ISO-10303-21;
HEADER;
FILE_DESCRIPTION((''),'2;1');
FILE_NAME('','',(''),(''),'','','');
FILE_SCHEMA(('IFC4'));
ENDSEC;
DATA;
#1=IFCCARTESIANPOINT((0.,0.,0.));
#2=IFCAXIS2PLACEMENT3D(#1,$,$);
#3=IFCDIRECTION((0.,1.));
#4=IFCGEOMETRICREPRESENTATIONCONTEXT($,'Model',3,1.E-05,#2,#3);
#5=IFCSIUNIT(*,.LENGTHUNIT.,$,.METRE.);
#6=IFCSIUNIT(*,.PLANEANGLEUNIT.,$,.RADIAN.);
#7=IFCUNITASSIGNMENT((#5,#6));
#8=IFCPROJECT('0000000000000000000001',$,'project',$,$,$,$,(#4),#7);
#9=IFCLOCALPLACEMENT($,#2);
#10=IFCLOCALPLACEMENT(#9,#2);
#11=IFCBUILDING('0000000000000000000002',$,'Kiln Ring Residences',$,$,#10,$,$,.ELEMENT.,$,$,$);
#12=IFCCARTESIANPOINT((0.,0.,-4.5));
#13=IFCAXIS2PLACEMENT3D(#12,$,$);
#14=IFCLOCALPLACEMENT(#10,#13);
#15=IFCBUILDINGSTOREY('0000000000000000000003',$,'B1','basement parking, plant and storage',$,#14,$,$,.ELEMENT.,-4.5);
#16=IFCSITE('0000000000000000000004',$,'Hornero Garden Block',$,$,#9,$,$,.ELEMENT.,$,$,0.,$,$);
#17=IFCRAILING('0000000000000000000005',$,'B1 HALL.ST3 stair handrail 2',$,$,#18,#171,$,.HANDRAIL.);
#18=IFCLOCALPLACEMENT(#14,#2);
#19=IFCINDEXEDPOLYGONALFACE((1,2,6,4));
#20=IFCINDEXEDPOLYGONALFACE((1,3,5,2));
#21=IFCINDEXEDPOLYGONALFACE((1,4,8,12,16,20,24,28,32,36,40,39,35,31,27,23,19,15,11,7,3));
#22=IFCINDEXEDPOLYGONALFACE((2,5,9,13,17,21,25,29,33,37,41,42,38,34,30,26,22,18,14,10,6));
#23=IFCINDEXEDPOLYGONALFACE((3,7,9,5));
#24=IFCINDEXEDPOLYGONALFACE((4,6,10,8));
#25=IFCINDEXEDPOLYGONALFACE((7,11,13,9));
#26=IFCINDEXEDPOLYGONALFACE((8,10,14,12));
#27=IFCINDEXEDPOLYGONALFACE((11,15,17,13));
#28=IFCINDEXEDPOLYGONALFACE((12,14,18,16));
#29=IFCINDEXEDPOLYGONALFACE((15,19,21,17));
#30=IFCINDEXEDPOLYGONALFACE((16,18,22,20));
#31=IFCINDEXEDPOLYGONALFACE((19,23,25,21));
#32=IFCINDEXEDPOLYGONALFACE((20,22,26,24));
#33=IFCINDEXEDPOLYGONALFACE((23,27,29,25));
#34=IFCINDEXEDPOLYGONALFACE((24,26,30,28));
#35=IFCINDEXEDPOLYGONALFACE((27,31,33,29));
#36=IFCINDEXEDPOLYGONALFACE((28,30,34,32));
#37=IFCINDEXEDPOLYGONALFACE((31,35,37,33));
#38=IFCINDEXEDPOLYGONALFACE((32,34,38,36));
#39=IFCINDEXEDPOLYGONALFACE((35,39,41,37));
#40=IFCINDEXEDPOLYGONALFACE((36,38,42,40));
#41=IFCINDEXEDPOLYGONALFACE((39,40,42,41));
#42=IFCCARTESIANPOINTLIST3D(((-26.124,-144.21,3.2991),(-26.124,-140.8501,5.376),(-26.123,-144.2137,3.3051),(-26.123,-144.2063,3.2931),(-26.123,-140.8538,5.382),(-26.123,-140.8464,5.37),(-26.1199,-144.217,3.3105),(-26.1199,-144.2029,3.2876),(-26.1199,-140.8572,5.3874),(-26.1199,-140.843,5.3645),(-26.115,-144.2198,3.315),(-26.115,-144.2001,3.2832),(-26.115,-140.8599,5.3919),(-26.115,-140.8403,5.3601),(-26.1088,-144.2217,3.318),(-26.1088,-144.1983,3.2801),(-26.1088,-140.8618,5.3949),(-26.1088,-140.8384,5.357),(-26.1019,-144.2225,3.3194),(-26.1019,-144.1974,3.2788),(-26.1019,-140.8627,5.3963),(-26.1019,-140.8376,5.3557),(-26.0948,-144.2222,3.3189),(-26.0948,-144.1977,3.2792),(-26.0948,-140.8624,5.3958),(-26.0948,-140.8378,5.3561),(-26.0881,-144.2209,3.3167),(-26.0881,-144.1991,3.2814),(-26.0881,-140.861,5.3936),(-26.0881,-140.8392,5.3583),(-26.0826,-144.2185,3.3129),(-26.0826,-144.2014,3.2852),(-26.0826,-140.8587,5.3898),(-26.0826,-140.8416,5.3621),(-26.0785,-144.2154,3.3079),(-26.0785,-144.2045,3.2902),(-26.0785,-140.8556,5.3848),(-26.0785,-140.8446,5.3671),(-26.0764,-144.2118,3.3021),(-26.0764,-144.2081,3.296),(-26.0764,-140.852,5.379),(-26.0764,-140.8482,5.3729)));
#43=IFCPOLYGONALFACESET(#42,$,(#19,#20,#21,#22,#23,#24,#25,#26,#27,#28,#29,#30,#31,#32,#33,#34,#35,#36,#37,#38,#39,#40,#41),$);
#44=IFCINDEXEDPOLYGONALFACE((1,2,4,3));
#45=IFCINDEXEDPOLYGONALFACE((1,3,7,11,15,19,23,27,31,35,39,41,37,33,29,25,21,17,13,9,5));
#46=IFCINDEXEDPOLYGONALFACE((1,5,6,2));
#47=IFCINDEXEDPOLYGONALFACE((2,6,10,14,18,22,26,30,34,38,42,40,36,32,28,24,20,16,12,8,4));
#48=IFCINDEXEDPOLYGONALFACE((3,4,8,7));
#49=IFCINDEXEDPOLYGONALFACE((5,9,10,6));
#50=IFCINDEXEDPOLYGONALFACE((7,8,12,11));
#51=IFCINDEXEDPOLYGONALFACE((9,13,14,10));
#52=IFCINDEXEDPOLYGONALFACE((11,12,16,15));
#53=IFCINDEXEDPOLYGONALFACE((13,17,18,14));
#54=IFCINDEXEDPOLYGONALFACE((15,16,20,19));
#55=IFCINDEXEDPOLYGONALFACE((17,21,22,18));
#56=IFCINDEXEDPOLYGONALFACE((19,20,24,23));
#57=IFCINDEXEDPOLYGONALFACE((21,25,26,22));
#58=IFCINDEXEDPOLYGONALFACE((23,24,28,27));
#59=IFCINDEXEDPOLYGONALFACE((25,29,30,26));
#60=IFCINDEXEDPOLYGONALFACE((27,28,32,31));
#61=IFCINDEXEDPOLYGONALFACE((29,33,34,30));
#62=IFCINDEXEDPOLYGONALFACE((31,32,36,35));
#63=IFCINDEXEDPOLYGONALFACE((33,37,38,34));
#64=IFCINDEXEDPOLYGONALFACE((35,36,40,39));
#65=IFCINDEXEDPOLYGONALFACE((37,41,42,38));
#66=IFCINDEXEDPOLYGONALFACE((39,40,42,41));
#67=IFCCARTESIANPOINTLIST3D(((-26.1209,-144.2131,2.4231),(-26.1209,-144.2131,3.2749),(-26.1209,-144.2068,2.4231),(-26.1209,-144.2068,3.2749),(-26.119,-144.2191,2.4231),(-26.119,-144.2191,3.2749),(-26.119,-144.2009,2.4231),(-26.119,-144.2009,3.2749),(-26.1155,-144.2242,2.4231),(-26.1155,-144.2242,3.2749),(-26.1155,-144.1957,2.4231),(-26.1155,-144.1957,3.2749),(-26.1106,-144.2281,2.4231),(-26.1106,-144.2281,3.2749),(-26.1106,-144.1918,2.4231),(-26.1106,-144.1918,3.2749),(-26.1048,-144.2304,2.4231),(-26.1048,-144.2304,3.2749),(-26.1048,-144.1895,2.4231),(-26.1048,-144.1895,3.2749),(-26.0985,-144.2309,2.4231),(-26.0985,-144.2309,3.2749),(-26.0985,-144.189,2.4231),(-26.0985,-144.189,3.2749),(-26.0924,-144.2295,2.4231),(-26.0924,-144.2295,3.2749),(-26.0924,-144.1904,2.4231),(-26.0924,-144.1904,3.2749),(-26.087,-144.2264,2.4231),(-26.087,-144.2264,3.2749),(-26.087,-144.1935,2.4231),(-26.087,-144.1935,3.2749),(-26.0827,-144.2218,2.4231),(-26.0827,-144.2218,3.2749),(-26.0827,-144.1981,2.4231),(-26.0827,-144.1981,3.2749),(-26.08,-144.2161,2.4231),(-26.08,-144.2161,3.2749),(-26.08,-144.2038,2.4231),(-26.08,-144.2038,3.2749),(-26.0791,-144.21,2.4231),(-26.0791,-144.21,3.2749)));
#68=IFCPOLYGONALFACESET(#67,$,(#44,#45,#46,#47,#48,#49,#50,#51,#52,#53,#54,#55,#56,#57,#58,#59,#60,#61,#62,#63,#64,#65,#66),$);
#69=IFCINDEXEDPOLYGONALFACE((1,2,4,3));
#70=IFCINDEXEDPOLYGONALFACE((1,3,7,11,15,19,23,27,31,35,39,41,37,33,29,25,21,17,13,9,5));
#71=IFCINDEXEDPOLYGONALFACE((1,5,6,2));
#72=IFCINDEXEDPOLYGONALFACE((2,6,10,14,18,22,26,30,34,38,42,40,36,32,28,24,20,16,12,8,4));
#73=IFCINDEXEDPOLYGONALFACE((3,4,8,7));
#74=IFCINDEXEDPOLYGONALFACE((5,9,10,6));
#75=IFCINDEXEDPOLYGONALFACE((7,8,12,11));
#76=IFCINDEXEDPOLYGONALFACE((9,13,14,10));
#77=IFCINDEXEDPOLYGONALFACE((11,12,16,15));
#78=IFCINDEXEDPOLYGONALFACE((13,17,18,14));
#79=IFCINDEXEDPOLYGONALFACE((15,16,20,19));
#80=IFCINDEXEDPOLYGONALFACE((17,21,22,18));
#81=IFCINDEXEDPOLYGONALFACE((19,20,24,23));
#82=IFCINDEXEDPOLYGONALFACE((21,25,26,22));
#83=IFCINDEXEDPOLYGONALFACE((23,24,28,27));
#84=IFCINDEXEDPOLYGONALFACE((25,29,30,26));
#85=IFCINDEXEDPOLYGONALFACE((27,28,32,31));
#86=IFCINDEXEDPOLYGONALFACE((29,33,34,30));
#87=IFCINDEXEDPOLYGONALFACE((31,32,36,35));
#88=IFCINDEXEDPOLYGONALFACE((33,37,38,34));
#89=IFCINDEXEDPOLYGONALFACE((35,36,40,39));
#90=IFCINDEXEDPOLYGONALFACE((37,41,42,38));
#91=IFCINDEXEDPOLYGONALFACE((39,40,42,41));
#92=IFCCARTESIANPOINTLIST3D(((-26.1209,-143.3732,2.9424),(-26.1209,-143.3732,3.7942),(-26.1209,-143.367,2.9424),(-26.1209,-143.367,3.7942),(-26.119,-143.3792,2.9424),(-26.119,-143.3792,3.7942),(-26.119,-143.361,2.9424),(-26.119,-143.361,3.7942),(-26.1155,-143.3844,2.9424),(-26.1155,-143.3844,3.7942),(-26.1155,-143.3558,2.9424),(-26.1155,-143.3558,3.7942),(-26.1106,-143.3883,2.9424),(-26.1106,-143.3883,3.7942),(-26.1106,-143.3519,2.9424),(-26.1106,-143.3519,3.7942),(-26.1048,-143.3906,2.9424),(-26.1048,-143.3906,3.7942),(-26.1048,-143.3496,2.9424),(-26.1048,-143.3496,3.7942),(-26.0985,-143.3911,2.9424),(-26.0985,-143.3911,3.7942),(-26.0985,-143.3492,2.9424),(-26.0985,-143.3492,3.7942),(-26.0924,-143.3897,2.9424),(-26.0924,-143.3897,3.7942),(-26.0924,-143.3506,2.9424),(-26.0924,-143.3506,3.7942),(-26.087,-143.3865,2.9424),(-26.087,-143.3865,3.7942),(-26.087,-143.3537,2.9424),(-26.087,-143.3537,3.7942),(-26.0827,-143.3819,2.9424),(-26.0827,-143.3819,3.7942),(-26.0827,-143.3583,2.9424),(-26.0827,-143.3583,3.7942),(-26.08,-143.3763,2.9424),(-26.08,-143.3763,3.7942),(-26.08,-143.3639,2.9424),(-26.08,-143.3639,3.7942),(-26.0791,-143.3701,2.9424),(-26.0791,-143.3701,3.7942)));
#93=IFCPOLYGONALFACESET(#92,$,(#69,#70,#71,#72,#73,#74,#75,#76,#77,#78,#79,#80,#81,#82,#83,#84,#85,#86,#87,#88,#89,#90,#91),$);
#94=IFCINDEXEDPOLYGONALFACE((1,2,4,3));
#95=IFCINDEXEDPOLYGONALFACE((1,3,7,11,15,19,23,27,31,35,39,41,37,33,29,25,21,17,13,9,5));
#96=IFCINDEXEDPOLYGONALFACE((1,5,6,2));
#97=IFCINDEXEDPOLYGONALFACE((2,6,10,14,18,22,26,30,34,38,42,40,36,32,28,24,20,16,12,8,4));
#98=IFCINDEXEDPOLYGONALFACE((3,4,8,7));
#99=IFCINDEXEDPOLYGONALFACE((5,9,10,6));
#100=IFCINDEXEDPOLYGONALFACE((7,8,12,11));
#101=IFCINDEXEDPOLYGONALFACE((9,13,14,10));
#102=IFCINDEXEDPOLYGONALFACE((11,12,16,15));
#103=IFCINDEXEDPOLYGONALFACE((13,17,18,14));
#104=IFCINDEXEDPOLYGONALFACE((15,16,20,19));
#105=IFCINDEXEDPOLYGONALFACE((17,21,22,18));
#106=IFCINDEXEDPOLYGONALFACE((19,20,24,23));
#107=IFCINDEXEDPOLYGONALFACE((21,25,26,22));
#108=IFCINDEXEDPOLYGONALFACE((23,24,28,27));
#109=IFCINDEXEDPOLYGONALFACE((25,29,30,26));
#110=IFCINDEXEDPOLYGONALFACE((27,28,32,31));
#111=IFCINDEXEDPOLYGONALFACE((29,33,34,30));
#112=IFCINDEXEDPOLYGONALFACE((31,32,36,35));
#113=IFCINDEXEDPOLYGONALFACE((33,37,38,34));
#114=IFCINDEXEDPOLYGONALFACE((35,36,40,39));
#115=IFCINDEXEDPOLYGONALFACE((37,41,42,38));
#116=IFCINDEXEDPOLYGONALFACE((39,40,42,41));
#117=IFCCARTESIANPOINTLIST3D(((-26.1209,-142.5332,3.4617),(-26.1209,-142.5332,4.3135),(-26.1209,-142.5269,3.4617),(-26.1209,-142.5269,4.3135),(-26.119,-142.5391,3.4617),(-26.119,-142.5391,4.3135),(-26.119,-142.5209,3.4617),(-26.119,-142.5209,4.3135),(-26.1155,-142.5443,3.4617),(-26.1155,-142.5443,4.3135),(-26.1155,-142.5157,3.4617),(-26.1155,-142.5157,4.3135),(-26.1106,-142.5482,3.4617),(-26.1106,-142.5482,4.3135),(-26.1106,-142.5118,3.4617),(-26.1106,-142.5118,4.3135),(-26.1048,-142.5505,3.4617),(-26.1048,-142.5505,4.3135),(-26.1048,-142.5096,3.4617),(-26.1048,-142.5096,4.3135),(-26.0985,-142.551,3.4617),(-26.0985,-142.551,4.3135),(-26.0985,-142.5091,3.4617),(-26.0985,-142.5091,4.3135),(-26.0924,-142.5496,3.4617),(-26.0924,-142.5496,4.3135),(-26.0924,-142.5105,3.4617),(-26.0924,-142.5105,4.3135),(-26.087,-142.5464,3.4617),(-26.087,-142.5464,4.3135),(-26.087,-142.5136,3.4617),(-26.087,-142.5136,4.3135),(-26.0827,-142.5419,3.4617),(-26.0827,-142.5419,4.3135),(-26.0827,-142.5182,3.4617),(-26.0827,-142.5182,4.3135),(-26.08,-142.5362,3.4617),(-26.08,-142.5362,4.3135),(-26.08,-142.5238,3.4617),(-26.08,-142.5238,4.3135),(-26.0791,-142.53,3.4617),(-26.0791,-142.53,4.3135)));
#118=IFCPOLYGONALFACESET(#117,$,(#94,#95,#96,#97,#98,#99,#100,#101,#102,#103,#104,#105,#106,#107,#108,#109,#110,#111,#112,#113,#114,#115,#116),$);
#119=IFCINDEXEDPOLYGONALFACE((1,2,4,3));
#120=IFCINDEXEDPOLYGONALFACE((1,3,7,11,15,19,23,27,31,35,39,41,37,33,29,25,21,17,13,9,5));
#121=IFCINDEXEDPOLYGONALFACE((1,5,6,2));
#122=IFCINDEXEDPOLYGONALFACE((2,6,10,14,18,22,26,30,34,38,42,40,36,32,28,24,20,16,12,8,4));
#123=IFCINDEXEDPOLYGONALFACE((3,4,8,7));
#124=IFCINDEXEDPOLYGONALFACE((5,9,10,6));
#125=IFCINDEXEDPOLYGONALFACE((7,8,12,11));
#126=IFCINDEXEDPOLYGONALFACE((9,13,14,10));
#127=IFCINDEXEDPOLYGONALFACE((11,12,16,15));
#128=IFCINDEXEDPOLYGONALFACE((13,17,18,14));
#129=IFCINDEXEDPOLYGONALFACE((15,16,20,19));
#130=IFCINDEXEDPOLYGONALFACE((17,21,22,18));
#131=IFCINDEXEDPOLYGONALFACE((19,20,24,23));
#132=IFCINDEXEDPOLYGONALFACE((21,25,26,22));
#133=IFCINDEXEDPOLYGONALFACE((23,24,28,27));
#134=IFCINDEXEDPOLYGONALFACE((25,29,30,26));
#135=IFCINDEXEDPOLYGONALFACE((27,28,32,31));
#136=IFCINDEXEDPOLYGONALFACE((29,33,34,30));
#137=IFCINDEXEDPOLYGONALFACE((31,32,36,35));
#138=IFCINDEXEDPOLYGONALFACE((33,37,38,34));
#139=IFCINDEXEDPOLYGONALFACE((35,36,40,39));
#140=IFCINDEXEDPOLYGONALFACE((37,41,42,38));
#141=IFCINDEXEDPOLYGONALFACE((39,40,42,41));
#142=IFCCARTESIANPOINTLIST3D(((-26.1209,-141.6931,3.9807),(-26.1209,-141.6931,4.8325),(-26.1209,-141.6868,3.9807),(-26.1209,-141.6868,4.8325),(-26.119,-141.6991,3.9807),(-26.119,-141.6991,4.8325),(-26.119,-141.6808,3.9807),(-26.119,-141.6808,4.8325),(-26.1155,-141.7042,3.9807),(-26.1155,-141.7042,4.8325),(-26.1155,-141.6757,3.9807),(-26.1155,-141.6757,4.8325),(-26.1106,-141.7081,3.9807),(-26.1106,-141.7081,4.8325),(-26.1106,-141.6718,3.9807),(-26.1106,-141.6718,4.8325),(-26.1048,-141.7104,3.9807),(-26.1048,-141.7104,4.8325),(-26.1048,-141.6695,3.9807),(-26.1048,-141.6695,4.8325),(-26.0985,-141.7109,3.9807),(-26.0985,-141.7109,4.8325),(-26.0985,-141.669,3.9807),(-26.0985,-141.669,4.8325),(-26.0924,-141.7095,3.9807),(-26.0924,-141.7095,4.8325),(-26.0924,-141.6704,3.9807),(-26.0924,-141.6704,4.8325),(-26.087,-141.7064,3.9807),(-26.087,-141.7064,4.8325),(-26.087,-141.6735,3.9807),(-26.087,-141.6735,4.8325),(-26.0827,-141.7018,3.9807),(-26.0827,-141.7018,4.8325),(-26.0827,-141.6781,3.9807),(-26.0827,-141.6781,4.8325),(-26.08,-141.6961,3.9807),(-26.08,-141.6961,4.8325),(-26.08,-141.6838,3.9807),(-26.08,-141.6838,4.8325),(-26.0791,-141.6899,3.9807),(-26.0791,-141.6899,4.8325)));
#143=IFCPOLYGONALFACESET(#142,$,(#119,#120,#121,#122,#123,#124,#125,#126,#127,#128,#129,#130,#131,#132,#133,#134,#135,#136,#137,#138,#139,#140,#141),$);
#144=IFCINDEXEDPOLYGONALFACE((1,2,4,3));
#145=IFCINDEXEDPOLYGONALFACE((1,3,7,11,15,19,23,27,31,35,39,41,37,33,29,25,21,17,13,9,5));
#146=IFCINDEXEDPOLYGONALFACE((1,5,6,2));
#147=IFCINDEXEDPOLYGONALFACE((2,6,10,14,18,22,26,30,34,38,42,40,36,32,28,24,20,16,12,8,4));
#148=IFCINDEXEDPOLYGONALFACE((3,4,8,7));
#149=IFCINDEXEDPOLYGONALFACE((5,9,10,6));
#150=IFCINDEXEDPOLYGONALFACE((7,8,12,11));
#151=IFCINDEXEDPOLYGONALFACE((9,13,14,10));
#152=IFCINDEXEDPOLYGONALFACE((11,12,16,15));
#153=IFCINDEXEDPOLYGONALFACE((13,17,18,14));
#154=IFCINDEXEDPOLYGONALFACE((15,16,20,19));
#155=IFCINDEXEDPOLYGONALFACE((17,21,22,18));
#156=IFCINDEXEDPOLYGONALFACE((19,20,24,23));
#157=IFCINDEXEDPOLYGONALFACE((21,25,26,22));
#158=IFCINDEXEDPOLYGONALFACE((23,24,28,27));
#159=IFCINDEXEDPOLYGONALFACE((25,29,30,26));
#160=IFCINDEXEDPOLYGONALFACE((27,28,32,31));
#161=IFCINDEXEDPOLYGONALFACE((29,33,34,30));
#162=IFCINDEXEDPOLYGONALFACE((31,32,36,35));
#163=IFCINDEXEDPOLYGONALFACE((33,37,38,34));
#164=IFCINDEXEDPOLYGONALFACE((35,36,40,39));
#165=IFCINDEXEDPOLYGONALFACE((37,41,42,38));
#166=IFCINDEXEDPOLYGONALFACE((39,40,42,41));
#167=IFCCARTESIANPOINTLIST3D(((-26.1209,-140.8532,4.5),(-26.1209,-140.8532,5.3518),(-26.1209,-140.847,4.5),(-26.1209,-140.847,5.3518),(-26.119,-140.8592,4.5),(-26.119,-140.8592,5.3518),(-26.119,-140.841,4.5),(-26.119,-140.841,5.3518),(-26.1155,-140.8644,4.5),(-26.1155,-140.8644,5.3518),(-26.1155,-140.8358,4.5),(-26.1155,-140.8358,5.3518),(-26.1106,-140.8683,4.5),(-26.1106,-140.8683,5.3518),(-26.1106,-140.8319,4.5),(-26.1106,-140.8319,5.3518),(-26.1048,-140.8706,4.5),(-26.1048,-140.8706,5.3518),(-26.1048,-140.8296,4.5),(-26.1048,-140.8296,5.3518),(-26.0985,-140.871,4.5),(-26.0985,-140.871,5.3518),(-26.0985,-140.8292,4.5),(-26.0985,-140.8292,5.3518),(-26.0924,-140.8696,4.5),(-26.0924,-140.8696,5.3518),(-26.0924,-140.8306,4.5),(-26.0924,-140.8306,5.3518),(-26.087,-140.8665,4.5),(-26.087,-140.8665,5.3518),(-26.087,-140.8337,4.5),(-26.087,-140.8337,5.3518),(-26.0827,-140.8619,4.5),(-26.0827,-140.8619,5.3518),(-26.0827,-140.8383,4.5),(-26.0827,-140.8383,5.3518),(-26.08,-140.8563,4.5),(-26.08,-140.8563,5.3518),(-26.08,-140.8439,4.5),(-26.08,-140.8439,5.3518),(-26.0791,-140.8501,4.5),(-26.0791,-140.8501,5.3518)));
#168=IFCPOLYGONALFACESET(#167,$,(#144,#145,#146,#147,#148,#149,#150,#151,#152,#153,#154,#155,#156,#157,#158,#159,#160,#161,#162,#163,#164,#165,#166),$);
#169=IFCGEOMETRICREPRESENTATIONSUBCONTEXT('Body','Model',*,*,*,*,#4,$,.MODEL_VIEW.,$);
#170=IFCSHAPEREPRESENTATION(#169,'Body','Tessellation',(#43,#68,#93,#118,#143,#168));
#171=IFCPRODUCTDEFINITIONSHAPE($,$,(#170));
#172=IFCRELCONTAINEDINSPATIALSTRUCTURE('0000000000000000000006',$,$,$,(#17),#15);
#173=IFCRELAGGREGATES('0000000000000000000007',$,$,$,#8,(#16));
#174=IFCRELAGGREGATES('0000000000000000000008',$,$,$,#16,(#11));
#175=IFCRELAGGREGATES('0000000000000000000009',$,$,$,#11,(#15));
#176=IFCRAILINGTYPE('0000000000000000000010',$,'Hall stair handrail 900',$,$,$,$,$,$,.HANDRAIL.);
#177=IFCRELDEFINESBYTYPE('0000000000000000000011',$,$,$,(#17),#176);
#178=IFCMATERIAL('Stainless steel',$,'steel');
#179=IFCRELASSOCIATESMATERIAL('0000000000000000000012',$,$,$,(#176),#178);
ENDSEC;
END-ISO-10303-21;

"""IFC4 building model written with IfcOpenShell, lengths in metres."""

from ifc_helpers import new_model, si_unit, direction, frame, origin, origin_2d, place, context, subcontext, project, spatial, circle, extrude, material, type_object, element, save


model = new_model("IFC4")

# Units and contexts
model_context = context("Model", 3, precision=1e-05, world=origin(), true_north=direction((0.0, 1.0)))
body_context = subcontext(model_context, "Body", "Model", "MODEL_VIEW")
ifc_project = project(units=[si_unit("LENGTHUNIT", "METRE"), si_unit("PLANEANGLEUNIT", "RADIAN")], contexts=[model_context])

# Site, building, storey
site_placement = place(None, origin())
site = spatial("IfcSite", under=ifc_project, at=site_placement, Name="Hornero Garden Block", CompositionType="ELEMENT", RefElevation=0.0)
building_placement = place(site_placement, origin())
building = spatial("IfcBuilding", under=site, at=building_placement, Name="Kiln Ring Residences", CompositionType="ELEMENT")
storey_placement = place(building_placement, frame((0.0, 0.0, -4.5)))
storey = spatial("IfcBuildingStorey", under=building, at=storey_placement, Name="B1", Description="basement parking, plant and storage", CompositionType="ELEMENT", Elevation=-4.5)

# Railing
ifc_material_1 = material(Name="Stainless steel", Category="steel")
railing_type_1 = type_object("IfcRailingType", Name="Hall stair handrail 900", PredefinedType="HANDRAIL", material=ifc_material_1)
railing_1_placement = place(storey_placement, frame((-26.1001, -144.21, 2.4231)))
element("IfcRailing", 1, at=railing_1_placement, inside=storey, type_object=railing_type_1, Name="B1 HALL.ST3 stair handrail 2", PredefinedType="HANDRAIL", context=body_context, shape_type="SweptSolid", body=[
    extrude(circle(Radius=0.0239, at=origin_2d()), frame((0.0, 0.0, 0.876), z_axis=(0.0, 0.850606, 0.525803), x_axis=(-1.0, 0.0, 0.0)), (0.0, 0.0, 1.0), 3.95),
    extrude(circle(Radius=0.021, at=origin_2d()), origin(), (0.0, 0.0, 1.0), 0.8518),
    extrude(circle(Radius=0.021, at=origin_2d()), frame((0.0, 0.8398, 0.5193)), (0.0, 0.0, 1.0), 0.8518),
    extrude(circle(Radius=0.021, at=origin_2d()), frame((0.0, 1.6799, 1.0386)), (0.0, 0.0, 1.0), 0.8518),
    extrude(circle(Radius=0.021, at=origin_2d()), frame((0.0, 2.52, 1.5576)), (0.0, 0.0, 1.0), 0.8518),
    extrude(circle(Radius=0.021, at=origin_2d()), frame((0.0, 3.3599, 2.0769)), (0.0, 0.0, 1.0), 0.8518),
])

save(model, "model.ifc")
